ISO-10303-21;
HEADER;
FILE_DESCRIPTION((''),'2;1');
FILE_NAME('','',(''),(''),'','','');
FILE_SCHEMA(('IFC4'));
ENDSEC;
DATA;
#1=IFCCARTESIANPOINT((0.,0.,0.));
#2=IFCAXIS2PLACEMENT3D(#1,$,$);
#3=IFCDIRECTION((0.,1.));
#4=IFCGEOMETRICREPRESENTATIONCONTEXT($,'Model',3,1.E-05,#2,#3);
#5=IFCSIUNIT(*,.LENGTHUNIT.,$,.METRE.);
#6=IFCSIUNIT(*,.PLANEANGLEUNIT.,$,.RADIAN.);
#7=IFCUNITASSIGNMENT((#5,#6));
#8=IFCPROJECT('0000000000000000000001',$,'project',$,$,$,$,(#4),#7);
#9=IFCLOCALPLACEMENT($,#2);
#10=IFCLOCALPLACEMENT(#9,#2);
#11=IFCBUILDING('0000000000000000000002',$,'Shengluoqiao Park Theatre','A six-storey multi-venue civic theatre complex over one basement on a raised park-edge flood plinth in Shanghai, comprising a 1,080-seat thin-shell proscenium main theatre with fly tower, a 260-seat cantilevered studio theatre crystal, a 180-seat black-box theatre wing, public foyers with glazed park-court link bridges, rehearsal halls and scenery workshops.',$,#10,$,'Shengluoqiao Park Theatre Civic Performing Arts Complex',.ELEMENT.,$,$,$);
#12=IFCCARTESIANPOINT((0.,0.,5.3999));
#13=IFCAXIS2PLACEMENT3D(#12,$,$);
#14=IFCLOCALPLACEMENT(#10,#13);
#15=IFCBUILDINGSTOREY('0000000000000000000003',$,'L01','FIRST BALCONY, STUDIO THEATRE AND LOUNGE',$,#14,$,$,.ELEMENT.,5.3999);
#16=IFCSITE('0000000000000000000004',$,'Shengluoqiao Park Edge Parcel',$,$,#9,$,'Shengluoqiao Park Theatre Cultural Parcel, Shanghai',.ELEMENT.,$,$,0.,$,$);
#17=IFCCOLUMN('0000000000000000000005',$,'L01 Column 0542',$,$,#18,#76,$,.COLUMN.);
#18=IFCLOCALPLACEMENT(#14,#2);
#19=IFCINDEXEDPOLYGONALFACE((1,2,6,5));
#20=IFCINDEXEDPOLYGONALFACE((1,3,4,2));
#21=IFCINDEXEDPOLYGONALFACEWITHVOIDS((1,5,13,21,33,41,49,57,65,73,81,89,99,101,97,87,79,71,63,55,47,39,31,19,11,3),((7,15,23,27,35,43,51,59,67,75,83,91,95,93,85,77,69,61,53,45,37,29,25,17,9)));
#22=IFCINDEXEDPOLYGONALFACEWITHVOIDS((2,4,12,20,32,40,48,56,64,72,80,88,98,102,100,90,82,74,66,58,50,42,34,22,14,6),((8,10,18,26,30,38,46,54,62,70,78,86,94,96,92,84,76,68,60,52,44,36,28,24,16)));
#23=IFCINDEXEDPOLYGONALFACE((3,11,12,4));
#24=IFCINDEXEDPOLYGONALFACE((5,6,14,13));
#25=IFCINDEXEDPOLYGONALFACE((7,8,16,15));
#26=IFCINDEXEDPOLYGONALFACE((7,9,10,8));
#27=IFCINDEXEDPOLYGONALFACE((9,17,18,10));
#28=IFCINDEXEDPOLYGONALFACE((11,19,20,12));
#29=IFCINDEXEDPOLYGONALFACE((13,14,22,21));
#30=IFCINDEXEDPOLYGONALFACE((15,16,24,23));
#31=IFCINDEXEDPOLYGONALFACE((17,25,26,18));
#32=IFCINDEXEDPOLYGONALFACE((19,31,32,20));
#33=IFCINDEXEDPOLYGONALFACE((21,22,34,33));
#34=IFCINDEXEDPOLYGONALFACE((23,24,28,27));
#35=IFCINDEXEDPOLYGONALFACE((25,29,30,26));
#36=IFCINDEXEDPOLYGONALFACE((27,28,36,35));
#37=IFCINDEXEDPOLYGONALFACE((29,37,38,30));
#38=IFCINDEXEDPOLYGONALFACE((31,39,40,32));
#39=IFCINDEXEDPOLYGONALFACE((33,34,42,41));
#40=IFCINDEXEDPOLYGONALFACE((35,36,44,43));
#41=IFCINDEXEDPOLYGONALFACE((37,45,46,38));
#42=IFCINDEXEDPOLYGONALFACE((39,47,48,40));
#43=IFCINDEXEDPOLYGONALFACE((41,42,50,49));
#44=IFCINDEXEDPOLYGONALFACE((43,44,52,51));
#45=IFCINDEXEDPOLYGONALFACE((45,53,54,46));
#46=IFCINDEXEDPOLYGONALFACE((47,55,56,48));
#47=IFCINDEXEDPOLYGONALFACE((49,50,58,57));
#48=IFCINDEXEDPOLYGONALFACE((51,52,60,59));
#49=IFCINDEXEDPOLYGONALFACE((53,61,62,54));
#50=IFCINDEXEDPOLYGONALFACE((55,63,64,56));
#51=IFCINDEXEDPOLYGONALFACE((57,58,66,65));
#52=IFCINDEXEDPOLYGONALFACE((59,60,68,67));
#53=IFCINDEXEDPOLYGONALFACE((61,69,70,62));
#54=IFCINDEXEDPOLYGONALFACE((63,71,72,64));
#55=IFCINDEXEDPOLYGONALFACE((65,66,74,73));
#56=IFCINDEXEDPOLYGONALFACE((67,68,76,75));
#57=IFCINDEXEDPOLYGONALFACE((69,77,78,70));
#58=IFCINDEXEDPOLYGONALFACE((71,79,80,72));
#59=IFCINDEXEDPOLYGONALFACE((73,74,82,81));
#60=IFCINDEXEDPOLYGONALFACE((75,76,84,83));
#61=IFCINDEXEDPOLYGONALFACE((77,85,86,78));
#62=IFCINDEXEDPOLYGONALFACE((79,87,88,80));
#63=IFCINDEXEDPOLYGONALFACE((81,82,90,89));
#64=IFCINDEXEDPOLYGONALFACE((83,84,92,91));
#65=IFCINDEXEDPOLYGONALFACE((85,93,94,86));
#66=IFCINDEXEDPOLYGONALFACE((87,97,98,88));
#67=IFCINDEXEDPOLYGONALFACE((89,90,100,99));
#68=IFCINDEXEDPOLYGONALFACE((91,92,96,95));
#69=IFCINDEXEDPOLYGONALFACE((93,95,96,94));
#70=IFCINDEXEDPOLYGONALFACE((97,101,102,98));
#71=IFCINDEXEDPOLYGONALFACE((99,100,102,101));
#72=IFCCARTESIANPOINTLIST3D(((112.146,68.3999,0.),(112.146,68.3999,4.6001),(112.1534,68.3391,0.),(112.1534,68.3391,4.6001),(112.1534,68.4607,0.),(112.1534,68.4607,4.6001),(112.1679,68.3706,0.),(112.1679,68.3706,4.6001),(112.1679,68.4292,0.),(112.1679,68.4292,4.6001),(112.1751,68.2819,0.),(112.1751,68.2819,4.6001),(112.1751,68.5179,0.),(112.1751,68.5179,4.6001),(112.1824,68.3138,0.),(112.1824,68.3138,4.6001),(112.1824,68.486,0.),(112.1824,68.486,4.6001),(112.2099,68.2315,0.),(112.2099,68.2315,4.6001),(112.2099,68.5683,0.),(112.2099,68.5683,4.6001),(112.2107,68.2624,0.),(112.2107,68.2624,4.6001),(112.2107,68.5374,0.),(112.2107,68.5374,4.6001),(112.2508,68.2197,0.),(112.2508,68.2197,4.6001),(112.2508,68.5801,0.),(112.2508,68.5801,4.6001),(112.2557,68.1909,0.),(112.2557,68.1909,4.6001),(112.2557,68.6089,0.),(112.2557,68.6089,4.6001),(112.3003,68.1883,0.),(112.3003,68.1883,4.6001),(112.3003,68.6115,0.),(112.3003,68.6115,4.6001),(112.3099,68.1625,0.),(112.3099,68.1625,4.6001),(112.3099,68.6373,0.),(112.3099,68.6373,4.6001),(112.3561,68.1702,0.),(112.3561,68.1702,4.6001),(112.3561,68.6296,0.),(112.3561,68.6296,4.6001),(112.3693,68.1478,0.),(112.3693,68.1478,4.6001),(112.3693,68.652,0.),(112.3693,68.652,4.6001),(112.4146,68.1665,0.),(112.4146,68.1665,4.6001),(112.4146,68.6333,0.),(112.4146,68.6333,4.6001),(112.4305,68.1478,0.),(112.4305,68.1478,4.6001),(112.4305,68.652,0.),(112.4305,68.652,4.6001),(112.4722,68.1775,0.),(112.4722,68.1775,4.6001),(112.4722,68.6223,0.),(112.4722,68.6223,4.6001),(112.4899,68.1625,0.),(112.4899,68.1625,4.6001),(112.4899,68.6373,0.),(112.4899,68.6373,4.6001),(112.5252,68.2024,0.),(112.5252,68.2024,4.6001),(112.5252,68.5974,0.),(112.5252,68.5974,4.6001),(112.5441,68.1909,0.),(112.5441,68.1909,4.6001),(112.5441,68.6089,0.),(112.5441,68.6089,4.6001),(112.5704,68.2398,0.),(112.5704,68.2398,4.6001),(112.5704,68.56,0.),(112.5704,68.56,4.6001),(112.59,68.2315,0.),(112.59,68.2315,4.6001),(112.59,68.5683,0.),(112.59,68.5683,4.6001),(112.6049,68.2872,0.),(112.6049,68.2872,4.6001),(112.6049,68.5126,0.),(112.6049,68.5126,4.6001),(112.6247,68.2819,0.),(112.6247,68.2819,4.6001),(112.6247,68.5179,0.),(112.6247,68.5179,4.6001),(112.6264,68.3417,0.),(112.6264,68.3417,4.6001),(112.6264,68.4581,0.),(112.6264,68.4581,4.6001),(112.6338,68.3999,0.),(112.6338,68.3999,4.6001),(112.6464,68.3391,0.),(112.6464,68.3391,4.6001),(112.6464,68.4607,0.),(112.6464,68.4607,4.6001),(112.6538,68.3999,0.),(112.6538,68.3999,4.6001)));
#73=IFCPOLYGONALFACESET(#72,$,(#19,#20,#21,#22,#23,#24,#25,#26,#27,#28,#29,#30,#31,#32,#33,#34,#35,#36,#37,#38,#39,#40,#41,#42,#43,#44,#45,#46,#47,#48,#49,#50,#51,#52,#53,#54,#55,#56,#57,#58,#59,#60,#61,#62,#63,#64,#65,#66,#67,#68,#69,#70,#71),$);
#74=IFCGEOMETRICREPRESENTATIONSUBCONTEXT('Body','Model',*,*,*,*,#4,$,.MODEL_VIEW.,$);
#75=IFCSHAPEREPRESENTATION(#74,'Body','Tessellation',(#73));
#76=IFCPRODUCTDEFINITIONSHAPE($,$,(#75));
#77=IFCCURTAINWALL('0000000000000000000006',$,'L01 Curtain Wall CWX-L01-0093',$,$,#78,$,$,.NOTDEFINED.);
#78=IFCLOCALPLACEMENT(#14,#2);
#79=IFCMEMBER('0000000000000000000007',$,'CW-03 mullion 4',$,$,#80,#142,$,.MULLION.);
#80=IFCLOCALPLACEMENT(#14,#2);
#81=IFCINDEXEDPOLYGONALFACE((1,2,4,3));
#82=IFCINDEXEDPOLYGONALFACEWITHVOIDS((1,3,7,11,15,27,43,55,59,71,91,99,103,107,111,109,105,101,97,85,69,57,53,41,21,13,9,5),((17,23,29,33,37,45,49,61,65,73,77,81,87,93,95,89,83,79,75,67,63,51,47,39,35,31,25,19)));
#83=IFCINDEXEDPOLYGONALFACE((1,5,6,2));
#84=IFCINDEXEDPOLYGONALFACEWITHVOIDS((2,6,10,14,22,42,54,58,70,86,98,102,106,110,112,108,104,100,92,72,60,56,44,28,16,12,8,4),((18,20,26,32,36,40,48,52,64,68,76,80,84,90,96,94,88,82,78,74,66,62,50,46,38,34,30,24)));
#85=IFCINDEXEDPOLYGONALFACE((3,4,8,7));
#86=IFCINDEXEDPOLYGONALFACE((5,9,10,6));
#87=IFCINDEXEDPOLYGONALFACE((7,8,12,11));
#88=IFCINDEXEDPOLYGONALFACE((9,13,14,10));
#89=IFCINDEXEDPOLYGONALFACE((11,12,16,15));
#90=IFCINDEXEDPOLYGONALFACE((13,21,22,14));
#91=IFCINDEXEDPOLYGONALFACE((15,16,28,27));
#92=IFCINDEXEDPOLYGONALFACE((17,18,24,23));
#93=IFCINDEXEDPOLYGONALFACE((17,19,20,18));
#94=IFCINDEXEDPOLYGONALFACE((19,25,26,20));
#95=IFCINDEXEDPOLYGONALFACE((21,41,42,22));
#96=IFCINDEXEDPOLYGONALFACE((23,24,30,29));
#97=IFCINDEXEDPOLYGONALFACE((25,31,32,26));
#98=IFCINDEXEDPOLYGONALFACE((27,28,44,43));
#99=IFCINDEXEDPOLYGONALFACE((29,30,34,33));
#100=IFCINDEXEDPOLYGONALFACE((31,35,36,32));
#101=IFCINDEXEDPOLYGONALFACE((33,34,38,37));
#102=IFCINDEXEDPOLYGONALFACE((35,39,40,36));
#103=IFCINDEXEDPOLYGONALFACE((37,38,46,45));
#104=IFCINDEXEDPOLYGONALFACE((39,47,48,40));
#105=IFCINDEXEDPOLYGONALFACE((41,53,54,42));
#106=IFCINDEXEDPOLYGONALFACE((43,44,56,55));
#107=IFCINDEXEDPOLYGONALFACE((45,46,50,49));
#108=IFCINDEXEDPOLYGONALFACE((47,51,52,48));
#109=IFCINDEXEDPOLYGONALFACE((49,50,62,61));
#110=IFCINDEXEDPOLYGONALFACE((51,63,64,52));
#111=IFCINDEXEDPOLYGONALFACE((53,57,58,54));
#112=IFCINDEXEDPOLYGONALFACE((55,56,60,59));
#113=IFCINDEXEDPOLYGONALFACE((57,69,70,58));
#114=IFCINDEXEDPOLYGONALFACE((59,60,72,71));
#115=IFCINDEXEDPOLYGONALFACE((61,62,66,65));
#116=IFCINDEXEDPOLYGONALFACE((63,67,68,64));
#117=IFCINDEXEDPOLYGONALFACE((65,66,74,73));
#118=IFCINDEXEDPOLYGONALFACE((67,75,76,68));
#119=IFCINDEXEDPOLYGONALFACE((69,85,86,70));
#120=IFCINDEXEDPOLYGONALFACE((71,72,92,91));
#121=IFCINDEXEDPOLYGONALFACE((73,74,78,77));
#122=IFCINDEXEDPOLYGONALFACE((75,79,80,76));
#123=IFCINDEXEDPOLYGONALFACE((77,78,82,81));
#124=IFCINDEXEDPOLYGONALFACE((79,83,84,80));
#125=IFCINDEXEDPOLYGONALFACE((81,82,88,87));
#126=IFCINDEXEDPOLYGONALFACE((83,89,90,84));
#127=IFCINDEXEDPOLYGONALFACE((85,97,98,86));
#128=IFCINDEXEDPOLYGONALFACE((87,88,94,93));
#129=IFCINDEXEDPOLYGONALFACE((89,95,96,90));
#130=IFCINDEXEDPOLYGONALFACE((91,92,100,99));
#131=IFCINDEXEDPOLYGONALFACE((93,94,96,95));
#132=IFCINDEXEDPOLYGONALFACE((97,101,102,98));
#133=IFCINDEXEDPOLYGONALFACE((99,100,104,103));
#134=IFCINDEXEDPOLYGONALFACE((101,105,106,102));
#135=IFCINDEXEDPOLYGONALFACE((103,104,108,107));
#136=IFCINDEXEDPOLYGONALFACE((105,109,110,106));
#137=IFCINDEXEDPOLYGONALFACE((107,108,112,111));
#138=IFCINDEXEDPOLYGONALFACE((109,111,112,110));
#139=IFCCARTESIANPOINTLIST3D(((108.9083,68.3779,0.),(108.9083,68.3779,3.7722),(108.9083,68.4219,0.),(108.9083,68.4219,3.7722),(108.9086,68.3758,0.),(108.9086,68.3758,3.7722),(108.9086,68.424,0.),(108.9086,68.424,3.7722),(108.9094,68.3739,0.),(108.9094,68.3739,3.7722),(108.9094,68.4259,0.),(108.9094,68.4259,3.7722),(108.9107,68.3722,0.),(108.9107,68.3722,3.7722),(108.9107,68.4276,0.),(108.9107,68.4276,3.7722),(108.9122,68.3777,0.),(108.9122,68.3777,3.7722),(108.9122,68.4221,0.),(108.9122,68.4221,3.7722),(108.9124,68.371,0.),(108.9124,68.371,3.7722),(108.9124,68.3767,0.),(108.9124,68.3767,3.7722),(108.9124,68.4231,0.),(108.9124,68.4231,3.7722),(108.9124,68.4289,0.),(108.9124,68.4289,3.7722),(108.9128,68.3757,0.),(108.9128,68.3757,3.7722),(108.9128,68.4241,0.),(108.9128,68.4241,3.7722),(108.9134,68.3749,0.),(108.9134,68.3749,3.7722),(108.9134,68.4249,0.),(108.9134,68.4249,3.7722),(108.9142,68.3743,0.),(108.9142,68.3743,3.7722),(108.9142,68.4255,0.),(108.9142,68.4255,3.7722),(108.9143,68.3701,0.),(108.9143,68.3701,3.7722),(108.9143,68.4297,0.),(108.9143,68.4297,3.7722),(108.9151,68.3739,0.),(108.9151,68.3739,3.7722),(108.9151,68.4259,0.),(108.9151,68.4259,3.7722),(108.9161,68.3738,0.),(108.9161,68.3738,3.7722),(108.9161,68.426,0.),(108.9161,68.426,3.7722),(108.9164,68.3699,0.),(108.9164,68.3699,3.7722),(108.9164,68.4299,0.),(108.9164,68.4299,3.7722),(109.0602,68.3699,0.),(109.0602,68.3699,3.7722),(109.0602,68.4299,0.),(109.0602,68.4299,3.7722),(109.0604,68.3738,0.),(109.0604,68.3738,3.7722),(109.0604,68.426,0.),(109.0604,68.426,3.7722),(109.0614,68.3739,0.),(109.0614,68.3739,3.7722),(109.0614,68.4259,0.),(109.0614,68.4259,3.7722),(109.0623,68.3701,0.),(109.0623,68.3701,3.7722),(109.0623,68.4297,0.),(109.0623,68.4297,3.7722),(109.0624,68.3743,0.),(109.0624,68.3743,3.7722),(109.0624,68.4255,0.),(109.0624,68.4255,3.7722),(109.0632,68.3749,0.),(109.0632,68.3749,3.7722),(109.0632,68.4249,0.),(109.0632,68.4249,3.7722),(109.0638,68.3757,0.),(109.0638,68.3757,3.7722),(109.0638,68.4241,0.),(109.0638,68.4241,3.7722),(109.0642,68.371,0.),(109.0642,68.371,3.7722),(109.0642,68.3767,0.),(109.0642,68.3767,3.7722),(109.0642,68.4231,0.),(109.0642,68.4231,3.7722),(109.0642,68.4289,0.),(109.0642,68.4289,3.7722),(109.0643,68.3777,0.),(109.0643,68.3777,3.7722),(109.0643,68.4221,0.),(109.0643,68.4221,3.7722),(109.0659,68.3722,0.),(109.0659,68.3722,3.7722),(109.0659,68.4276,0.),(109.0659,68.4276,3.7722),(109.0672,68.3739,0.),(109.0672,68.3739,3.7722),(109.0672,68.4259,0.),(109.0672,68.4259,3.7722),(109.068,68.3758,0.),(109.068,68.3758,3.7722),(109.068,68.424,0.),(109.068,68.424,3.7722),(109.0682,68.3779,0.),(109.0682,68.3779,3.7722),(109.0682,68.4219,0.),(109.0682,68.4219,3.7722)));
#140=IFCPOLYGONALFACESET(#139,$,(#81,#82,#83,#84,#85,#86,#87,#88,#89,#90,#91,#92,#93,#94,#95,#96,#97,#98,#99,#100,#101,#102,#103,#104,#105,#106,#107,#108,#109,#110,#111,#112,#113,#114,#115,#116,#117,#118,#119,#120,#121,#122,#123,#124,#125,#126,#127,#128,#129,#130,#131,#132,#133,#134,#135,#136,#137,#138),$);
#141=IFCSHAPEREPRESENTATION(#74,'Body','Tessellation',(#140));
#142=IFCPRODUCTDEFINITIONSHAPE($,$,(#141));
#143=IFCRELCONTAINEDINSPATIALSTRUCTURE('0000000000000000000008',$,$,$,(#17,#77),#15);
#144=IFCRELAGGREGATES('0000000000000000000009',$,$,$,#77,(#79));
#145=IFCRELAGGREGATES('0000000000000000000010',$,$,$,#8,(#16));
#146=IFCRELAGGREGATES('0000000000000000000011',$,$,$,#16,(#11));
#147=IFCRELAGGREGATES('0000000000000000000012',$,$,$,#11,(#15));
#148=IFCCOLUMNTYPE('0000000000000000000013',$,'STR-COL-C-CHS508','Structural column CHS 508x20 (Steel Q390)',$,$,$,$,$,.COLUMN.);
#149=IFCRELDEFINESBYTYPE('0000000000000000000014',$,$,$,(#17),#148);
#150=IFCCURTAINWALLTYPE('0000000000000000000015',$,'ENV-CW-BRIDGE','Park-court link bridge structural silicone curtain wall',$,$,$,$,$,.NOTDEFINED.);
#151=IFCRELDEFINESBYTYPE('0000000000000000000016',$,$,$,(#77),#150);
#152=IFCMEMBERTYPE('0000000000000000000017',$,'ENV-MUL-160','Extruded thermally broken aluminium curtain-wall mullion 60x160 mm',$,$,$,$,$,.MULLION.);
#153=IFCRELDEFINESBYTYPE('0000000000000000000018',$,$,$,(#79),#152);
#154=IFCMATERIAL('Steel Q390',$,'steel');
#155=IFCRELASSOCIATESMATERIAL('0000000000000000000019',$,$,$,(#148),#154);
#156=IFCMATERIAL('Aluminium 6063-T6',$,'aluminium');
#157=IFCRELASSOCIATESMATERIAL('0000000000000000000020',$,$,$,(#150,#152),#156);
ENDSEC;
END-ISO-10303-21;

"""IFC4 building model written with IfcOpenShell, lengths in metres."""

from ifc_helpers import new_model, si_unit, direction, frame, origin, origin_2d, place, context, subcontext, project, spatial, hollow_rectangle, hollow_circle, extrude, material, material_profile, profile_set, type_object, element, aggregate, save


model = new_model("IFC4")

# Units and contexts
model_context = context("Model", 3, precision=1e-05, world=origin(), true_north=direction((0.0, 1.0)))
body_context = subcontext(model_context, "Body", "Model", "MODEL_VIEW")
ifc_project = project(units=[si_unit("LENGTHUNIT", "METRE"), si_unit("PLANEANGLEUNIT", "RADIAN")], contexts=[model_context])

# Site, building, storey
site_placement = place(None, origin())
site = spatial("IfcSite", under=ifc_project, at=site_placement, Name="Shengluoqiao Park Edge Parcel", LongName="Shengluoqiao Park Theatre Cultural Parcel, Shanghai", CompositionType="ELEMENT", RefElevation=0.0)
building_placement = place(site_placement, origin())
building = spatial("IfcBuilding", under=site, at=building_placement, Name="Shengluoqiao Park Theatre", Description="A six-storey multi-venue civic theatre complex over one basement on a raised park-edge flood plinth in Shanghai, comprising a 1,080-seat thin-shell proscenium main theatre with fly tower, a 260-seat cantilevered studio theatre crystal, a 180-seat black-box theatre wing, public foyers with glazed park-court link bridges, rehearsal halls and scenery workshops.", LongName="Shengluoqiao Park Theatre Civic Performing Arts Complex", CompositionType="ELEMENT")
storey_placement = place(building_placement, frame((0.0, 0.0, 5.3999)))
storey = spatial("IfcBuildingStorey", under=building, at=storey_placement, Name="L01", Description="FIRST BALCONY, STUDIO THEATRE AND LOUNGE", CompositionType="ELEMENT", Elevation=5.3999)

# Column
ifc_material_1 = material(Name="Steel Q390", Category="steel")
ifc_material_profile_1 = material_profile(ifc_material_1, hollow_circle(Radius=0.2539, WallThickness=0.02, at=origin_2d()), Name="CHS 508x20")
ifc_profile_set_1 = profile_set([ifc_material_profile_1], Name="Steel Q390")
column_type = type_object("IfcColumnType", Name="STR-COL-C-CHS508", Description="Structural column CHS 508x20 (Steel Q390)", PredefinedType="COLUMN", material=ifc_profile_set_1)
column_placement = place(storey_placement, frame((112.3999, 68.3999, 0.0), z_axis=(0.0, 0.0, 1.0), x_axis=(1.0, 0.0, 0.0)))
element("IfcColumn", 1, at=column_placement, inside=storey, type_object=column_type, Name="L01 Column 0542", PredefinedType="COLUMN", context=body_context, shape_type="SweptSolid", body=[
    extrude(hollow_circle(Radius=0.2539, WallThickness=0.02, at=origin_2d()), origin(), (0.0, 0.0, 1.0), 4.6001),
])

# Curtain wall, member
ifc_material_2 = material(Name="Aluminium 6063-T6", Category="aluminium")
curtain_wall_type = type_object("IfcCurtainWallType", Name="ENV-CW-BRIDGE", Description="Park-court link bridge structural silicone curtain wall", PredefinedType="NOTDEFINED", material=ifc_material_2)
curtain_wall_1_placement = place(storey_placement, origin())
curtain_wall_1 = element("IfcCurtainWall", 2, at=curtain_wall_1_placement, inside=storey, type_object=curtain_wall_type, Name="L01 Curtain Wall CWX-L01-0093", PredefinedType="NOTDEFINED")
ifc_material_profile_2 = material_profile(ifc_material_2, hollow_rectangle(XDim=0.0601, YDim=0.1599, WallThickness=0.0039, InnerFilletRadius=0.0039, OuterFilletRadius=0.0081, at=origin_2d()), Name="ALU MULLION 160x60x4")
ifc_profile_set_2 = profile_set([ifc_material_profile_2], Name="Aluminium 6063-T6")
member_type_1 = type_object("IfcMemberType", Name="ENV-MUL-160", Description="Extruded thermally broken aluminium curtain-wall mullion 60x160 mm", PredefinedType="MULLION", material=ifc_profile_set_2)
member_1_placement = place(storey_placement, frame((108.9883, 68.3999, 0.0), z_axis=(0.0, 0.0, 1.0), x_axis=(0.0, 1.0, 0.0)))
member_1 = element("IfcMember", 3, at=member_1_placement, type_object=member_type_1, Name="CW-03 mullion 4", PredefinedType="MULLION", context=body_context, shape_type="SweptSolid", body=[
    extrude(hollow_rectangle(XDim=0.0601, YDim=0.1599, WallThickness=0.0039, InnerFilletRadius=0.0039, OuterFilletRadius=0.0081, at=origin_2d()), origin(), (0.0, 0.0, 1.0), 3.7722),
])

aggregate(curtain_wall_1, [member_1])

save(model, "model.ifc")
